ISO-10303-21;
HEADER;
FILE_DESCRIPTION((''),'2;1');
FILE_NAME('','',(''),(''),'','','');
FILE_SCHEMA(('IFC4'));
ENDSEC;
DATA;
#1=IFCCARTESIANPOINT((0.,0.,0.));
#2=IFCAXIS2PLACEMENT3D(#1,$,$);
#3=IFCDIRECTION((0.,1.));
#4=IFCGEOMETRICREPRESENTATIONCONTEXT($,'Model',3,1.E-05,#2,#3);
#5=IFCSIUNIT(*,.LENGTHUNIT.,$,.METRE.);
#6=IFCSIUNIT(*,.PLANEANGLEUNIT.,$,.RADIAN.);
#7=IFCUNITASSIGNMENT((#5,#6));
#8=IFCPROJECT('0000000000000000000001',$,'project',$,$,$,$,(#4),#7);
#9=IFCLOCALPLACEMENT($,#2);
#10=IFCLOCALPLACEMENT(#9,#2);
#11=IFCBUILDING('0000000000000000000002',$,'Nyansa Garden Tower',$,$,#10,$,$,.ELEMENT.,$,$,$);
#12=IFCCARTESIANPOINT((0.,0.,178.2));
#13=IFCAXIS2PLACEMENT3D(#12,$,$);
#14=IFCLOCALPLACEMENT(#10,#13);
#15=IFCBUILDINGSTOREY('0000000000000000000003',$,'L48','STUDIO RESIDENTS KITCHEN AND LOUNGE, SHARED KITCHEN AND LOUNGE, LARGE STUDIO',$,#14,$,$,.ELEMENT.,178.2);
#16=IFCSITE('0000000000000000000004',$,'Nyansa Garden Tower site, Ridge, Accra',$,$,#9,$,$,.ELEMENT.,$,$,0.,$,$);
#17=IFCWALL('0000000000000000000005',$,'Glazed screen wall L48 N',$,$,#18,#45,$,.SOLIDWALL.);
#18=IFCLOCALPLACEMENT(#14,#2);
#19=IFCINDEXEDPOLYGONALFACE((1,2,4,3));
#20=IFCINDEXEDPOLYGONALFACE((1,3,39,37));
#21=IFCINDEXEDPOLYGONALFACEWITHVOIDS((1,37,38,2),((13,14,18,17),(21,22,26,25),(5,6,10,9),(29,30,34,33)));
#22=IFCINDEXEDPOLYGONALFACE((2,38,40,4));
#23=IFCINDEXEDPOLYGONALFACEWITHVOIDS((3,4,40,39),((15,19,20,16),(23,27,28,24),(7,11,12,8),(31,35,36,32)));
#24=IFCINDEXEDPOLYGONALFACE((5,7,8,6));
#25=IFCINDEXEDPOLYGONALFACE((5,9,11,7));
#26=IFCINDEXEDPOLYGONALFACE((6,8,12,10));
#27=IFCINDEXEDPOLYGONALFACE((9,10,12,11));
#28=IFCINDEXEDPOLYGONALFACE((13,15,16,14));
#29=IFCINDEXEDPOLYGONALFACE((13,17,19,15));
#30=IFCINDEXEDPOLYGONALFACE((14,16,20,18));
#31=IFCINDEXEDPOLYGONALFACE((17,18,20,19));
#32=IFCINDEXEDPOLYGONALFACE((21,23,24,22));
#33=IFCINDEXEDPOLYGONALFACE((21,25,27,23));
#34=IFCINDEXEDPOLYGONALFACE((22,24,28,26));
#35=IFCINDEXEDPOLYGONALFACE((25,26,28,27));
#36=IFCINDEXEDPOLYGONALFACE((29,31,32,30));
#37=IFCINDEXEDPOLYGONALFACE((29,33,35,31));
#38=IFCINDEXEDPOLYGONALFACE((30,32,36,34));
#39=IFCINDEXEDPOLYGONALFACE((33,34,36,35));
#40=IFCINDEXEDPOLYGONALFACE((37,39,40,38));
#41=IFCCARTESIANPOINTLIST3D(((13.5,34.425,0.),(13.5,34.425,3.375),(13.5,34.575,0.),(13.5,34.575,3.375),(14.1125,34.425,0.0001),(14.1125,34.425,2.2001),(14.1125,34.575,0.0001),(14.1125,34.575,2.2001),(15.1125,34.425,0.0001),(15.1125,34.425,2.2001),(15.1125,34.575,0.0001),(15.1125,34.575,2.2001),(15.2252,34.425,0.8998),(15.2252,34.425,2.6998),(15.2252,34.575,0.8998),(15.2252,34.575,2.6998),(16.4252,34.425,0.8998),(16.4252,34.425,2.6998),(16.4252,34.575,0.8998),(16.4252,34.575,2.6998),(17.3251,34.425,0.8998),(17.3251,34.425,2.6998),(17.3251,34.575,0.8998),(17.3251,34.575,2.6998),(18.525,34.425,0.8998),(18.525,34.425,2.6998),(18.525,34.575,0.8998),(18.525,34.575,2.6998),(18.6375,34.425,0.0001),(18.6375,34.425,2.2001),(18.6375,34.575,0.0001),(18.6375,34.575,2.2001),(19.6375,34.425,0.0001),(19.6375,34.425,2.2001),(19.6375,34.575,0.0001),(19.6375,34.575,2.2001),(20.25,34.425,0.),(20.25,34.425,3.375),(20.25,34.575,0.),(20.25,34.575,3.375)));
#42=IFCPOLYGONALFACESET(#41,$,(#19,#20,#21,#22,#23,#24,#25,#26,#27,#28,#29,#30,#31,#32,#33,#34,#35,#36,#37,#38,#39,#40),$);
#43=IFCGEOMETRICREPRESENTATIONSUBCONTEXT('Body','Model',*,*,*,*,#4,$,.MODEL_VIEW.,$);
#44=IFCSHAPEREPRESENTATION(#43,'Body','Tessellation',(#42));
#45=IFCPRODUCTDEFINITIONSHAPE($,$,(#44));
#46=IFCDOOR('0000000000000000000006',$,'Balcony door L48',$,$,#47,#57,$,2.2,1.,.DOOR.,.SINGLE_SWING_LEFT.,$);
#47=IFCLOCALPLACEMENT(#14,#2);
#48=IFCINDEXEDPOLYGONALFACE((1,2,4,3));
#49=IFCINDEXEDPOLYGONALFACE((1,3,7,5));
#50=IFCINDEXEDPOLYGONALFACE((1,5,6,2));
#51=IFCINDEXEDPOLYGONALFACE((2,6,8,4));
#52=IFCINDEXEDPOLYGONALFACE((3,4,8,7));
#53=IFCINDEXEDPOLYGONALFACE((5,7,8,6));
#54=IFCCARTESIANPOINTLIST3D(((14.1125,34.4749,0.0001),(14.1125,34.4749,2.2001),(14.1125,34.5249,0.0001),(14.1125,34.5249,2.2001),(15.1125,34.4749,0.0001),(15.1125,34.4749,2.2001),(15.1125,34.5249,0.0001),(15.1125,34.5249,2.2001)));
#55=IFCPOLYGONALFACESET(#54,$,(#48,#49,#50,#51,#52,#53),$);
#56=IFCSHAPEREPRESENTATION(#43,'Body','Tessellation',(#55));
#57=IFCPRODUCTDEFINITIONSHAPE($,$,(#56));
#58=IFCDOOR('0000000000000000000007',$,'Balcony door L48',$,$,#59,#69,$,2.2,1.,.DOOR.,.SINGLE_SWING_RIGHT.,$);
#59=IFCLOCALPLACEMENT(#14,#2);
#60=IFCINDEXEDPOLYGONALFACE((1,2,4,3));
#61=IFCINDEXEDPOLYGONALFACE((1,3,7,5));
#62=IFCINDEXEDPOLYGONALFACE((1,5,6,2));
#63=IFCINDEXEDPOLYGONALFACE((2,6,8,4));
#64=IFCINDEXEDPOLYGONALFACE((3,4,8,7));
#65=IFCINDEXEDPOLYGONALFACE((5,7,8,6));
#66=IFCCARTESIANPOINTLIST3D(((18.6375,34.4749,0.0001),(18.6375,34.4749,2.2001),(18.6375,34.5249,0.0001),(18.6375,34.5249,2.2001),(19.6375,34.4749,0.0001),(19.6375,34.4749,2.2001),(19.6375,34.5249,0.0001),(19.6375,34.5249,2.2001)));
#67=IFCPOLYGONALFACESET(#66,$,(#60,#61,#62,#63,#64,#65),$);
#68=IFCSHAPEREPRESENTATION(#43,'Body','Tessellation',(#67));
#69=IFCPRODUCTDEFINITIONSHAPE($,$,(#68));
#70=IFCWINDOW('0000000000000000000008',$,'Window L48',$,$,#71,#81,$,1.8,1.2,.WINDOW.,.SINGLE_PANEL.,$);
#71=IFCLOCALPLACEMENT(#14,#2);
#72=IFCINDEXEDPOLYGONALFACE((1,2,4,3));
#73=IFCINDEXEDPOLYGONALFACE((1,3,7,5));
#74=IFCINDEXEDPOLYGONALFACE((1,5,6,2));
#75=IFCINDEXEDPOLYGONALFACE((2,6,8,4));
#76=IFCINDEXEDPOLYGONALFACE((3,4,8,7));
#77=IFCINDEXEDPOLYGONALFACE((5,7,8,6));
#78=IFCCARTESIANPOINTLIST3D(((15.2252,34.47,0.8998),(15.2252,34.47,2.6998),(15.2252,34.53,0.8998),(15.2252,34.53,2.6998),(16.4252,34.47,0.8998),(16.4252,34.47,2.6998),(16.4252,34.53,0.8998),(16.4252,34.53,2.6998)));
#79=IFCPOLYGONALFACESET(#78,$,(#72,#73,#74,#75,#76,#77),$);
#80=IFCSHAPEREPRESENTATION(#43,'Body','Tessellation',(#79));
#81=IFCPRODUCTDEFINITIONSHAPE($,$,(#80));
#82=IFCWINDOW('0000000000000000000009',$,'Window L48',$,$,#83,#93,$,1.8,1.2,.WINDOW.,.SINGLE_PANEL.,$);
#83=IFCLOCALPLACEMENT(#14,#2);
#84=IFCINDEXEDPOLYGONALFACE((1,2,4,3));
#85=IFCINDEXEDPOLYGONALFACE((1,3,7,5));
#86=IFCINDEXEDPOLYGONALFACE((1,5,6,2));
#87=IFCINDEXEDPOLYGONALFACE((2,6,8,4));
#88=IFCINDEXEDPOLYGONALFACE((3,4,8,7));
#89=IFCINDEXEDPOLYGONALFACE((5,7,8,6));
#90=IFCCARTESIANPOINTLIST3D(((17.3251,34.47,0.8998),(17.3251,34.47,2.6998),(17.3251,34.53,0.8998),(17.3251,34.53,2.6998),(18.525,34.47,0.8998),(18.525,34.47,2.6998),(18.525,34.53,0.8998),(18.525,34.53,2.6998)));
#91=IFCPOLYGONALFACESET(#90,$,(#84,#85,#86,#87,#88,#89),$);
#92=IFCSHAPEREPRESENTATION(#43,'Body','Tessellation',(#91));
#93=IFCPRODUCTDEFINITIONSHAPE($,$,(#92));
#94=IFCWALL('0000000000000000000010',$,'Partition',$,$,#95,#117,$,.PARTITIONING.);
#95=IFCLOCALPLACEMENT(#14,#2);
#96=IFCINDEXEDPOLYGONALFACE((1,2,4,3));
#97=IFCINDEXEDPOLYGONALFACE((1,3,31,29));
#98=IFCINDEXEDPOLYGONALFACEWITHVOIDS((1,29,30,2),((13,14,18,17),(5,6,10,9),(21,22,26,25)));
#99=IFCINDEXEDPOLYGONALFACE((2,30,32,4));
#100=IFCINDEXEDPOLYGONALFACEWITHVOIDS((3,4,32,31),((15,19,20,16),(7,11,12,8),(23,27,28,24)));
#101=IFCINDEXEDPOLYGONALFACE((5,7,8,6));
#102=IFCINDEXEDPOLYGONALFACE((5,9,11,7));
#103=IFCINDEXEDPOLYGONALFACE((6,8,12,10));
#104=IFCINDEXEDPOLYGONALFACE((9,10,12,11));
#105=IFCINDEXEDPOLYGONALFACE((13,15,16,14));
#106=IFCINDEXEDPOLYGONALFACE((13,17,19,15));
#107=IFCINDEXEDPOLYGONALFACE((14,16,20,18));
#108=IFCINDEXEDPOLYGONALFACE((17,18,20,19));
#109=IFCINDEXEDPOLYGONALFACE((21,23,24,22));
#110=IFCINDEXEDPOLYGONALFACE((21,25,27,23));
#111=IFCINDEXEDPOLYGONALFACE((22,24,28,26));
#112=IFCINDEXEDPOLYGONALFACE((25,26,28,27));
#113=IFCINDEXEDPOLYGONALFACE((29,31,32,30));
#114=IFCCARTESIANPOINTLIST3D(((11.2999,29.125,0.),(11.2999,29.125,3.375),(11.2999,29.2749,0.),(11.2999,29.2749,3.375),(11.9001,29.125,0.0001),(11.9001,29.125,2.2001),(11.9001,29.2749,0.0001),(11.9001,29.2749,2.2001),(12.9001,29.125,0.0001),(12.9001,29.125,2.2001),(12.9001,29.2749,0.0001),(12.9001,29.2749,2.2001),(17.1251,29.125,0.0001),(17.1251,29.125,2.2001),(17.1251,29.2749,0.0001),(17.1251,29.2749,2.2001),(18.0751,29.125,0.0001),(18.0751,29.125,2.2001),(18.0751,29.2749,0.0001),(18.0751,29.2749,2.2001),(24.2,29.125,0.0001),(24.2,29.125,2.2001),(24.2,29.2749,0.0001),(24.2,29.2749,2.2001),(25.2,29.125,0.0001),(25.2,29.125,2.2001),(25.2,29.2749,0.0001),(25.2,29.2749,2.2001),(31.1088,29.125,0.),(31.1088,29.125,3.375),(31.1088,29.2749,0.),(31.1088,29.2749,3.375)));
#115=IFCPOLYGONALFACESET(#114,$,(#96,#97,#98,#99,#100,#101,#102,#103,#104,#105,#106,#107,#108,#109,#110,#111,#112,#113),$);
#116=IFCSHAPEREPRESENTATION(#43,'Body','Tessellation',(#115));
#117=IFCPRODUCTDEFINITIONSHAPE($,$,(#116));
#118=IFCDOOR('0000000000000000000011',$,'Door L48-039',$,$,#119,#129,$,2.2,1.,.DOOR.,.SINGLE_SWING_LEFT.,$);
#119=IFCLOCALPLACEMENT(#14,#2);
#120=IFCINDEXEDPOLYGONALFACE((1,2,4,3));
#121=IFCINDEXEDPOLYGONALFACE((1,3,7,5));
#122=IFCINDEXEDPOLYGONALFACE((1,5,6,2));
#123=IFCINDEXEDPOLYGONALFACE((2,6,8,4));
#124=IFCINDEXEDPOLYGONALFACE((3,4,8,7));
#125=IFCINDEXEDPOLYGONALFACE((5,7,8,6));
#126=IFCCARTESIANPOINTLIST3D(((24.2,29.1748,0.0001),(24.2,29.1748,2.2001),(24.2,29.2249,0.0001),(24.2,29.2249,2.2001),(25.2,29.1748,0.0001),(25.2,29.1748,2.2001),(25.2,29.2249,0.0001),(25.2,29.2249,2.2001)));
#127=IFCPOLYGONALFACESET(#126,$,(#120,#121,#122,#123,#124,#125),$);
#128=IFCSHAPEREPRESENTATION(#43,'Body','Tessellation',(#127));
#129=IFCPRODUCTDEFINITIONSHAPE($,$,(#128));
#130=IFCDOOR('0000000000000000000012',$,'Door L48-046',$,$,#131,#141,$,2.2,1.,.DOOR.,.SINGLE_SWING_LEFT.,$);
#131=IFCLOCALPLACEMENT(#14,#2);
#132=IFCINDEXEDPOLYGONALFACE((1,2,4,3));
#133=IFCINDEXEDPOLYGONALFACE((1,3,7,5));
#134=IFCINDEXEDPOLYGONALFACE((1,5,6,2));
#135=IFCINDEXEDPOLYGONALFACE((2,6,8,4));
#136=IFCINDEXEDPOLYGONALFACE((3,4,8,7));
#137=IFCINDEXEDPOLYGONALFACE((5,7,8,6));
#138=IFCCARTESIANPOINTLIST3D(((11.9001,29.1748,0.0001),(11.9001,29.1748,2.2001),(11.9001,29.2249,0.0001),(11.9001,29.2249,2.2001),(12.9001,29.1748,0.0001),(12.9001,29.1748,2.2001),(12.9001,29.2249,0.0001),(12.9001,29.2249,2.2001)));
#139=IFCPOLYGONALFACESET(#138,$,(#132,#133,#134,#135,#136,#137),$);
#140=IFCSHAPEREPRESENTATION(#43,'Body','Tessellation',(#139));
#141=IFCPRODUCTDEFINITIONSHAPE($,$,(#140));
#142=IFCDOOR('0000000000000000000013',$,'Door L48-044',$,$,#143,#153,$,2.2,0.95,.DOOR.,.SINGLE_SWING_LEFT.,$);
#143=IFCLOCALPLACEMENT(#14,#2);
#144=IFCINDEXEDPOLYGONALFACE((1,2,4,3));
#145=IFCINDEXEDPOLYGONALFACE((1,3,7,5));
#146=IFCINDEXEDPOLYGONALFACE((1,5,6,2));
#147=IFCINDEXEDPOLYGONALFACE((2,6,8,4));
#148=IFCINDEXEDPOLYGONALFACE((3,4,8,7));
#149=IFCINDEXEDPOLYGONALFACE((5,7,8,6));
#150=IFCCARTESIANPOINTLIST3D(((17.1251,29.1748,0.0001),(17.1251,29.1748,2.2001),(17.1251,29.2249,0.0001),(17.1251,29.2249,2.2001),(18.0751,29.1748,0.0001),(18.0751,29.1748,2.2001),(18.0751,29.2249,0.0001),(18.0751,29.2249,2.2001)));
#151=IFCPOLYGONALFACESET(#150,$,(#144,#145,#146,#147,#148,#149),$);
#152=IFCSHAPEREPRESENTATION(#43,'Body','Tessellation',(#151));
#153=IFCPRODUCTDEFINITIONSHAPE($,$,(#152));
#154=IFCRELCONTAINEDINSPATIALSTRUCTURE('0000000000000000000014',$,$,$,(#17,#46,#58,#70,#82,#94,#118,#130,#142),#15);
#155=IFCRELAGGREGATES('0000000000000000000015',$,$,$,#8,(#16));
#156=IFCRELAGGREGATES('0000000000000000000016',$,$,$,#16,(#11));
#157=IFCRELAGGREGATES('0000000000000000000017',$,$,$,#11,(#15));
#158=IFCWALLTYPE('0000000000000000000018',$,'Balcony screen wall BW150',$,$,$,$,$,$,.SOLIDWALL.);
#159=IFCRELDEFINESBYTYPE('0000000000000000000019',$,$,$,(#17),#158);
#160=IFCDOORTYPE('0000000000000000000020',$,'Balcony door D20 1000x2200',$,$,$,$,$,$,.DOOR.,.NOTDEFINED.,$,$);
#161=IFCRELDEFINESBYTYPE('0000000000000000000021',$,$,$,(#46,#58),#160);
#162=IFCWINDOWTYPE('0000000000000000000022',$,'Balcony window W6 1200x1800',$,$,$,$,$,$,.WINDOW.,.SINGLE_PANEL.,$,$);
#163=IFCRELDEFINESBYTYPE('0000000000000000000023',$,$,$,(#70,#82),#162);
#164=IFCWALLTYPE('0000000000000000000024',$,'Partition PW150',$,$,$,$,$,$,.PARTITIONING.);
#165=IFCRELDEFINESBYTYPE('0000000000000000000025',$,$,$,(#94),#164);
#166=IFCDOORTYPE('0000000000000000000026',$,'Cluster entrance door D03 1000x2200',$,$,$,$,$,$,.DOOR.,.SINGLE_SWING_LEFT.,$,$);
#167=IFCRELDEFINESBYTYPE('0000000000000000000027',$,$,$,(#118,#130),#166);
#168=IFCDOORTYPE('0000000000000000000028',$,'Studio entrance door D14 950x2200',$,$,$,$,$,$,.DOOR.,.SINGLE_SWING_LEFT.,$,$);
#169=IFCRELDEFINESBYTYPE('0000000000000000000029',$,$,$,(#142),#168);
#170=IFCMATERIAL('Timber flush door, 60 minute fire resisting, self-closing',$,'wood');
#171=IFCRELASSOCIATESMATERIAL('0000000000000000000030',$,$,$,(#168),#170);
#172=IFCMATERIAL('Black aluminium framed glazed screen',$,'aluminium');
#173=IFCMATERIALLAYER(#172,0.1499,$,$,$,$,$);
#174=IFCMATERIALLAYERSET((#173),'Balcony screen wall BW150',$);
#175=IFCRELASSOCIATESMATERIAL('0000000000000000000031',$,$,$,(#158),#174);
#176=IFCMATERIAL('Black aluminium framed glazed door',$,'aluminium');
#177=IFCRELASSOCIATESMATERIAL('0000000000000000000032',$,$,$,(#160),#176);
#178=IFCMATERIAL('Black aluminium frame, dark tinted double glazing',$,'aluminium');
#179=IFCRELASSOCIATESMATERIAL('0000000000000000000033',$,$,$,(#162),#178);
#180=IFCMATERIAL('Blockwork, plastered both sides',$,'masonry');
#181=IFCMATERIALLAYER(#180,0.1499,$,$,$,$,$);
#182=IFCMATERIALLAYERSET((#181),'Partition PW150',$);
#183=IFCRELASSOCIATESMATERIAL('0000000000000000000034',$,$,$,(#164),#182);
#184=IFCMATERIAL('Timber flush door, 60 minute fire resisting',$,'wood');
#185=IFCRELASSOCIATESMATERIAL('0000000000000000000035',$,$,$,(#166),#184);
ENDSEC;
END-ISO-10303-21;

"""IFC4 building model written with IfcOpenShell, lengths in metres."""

from ifc_helpers import new_model, si_unit, direction, frame, frame_2d, origin, place, context, subcontext, project, spatial, rectangle, extrude, material, layer, layer_set, type_object, element, fill, save


model = new_model("IFC4")

# Units and contexts
model_context = context("Model", 3, precision=1e-05, world=origin(), true_north=direction((0.0, 1.0)))
body_context = subcontext(model_context, "Body", "Model", "MODEL_VIEW")
ifc_project = project(units=[si_unit("LENGTHUNIT", "METRE"), si_unit("PLANEANGLEUNIT", "RADIAN")], contexts=[model_context])

# Site, building, storey
site_placement = place(None, origin())
site = spatial("IfcSite", under=ifc_project, at=site_placement, Name="Nyansa Garden Tower site, Ridge, Accra", CompositionType="ELEMENT", RefElevation=0.0)
building_placement = place(site_placement, origin())
building = spatial("IfcBuilding", under=site, at=building_placement, Name="Nyansa Garden Tower", CompositionType="ELEMENT")
storey_placement = place(building_placement, frame((0.0, 0.0, 178.2)))
storey = spatial("IfcBuildingStorey", under=building, at=storey_placement, Name="L48", Description="STUDIO RESIDENTS KITCHEN AND LOUNGE, SHARED KITCHEN AND LOUNGE, LARGE STUDIO", CompositionType="ELEMENT", Elevation=178.2)

# Shared definitions
ifc_material_1 = material(Name="Timber flush door, 60 minute fire resisting, self-closing", Category="wood")
door_type_1 = type_object("IfcDoorType", Name="Studio entrance door D14 950x2200", OperationType="SINGLE_SWING_LEFT", PredefinedType="DOOR", material=ifc_material_1)

# Wall, openings, doors, windows
ifc_material_2 = material(Name="Black aluminium framed glazed screen", Category="aluminium")
ifc_layer_1 = layer(ifc_material_2, 0.1499)
ifc_layer_set_1 = layer_set([ifc_layer_1], Name="Balcony screen wall BW150")
wall_type_1 = type_object("IfcWallType", Name="Balcony screen wall BW150", PredefinedType="SOLIDWALL", material=ifc_layer_set_1)
wall_1_placement = place(storey_placement, frame((13.5, 34.5, 0.0), z_axis=(0.0, 0.0, 1.0), x_axis=(1.0, 0.0, 0.0)))
wall_1 = element("IfcWall", 1, at=wall_1_placement, inside=storey, type_object=wall_type_1, Name="Glazed screen wall L48 N", PredefinedType="SOLIDWALL", context=body_context, shape_type="SweptSolid", body=[
    extrude(rectangle(XDim=6.75, YDim=0.1499, at=frame_2d((3.375, 0.0))), origin(), (0.0, 0.0, 1.0), 3.375),
])
opening_1_placement = place(wall_1_placement, frame((0.6125, 0.0, 0.0)))
opening_1 = element("IfcOpeningElement", 2, at=opening_1_placement, cuts=wall_1, PredefinedType="OPENING", context=body_context, shape_type="SweptSolid", body=[
    extrude(rectangle(XDim=1.0, YDim=2.2, at=frame_2d((0.5, 1.1001))), frame((0.0, 0.085, 0.0), z_axis=(0.0, -1.0, 0.0), x_axis=(1.0, 0.0, 0.0)), (0.0, 0.0, 1.0), 0.1699),
])
opening_2_placement = place(wall_1_placement, frame((1.7251, 0.0, 0.8999)))
opening_2 = element("IfcOpeningElement", 3, at=opening_2_placement, cuts=wall_1, PredefinedType="OPENING", context=body_context, shape_type="SweptSolid", body=[
    extrude(rectangle(XDim=1.2, YDim=1.8, at=frame_2d((0.6001, 0.8999))), frame((0.0, 0.085, 0.0), z_axis=(0.0, -1.0, 0.0), x_axis=(1.0, 0.0, 0.0)), (0.0, 0.0, 1.0), 0.1699),
])
opening_3_placement = place(wall_1_placement, frame((5.1375, 0.0, 0.0)))
opening_3 = element("IfcOpeningElement", 4, at=opening_3_placement, cuts=wall_1, PredefinedType="OPENING", context=body_context, shape_type="SweptSolid", body=[
    extrude(rectangle(XDim=1.0, YDim=2.2, at=frame_2d((0.5, 1.1001))), frame((0.0, 0.085, 0.0), z_axis=(0.0, -1.0, 0.0), x_axis=(1.0, 0.0, 0.0)), (0.0, 0.0, 1.0), 0.1699),
])
opening_4_placement = place(wall_1_placement, frame((3.825, 0.0, 0.8999)))
opening_4 = element("IfcOpeningElement", 5, at=opening_4_placement, cuts=wall_1, PredefinedType="OPENING", context=body_context, shape_type="SweptSolid", body=[
    extrude(rectangle(XDim=1.2, YDim=1.8, at=frame_2d((0.6001, 0.8999))), frame((0.0, 0.085, 0.0), z_axis=(0.0, -1.0, 0.0), x_axis=(1.0, 0.0, 0.0)), (0.0, 0.0, 1.0), 0.1699),
])
ifc_material_3 = material(Name="Black aluminium framed glazed door", Category="aluminium")
door_type_2 = type_object("IfcDoorType", Name="Balcony door D20 1000x2200", OperationType="NOTDEFINED", PredefinedType="DOOR", material=ifc_material_3)
door_1_placement = place(opening_1_placement, origin())
door_1 = element("IfcDoor", 6, at=door_1_placement, inside=storey, type_object=door_type_2, Name="Balcony door L48", OperationType="SINGLE_SWING_LEFT", OverallHeight=2.2, OverallWidth=1.0, PredefinedType="DOOR", context=body_context, shape_type="SweptSolid", body=[
    extrude(rectangle(XDim=1.0, YDim=2.2, at=frame_2d((0.5, 1.1001))), frame((0.0, 0.0249, 0.0), z_axis=(0.0, -1.0, 0.0), x_axis=(1.0, 0.0, 0.0)), (0.0, 0.0, 1.0), 0.05),
])
fill(opening_1, door_1)
door_2_placement = place(opening_3_placement, origin())
door_2 = element("IfcDoor", 7, at=door_2_placement, inside=storey, type_object=door_type_2, Name="Balcony door L48", OperationType="SINGLE_SWING_RIGHT", OverallHeight=2.2, OverallWidth=1.0, PredefinedType="DOOR", context=body_context, shape_type="SweptSolid", body=[
    extrude(rectangle(XDim=1.0, YDim=2.2, at=frame_2d((0.5, 1.1001))), frame((0.0, 0.0249, 0.0), z_axis=(0.0, -1.0, 0.0), x_axis=(1.0, 0.0, 0.0)), (0.0, 0.0, 1.0), 0.05),
])
fill(opening_3, door_2)
ifc_material_4 = material(Name="Black aluminium frame, dark tinted double glazing", Category="aluminium")
window_type = type_object("IfcWindowType", Name="Balcony window W6 1200x1800", PartitioningType="SINGLE_PANEL", PredefinedType="WINDOW", material=ifc_material_4)
window_1_placement = place(opening_2_placement, origin())
window_1 = element("IfcWindow", 8, at=window_1_placement, inside=storey, type_object=window_type, Name="Window L48", OverallHeight=1.8, OverallWidth=1.2, PartitioningType="SINGLE_PANEL", PredefinedType="WINDOW", context=body_context, shape_type="SweptSolid", body=[
    extrude(rectangle(XDim=1.2, YDim=1.8, at=frame_2d((0.6001, 0.8999))), frame((0.0, 0.03, 0.0), z_axis=(0.0, -1.0, 0.0), x_axis=(1.0, 0.0, 0.0)), (0.0, 0.0, 1.0), 0.0601),
])
fill(opening_2, window_1)
window_2_placement = place(opening_4_placement, origin())
window_2 = element("IfcWindow", 9, at=window_2_placement, inside=storey, type_object=window_type, Name="Window L48", OverallHeight=1.8, OverallWidth=1.2, PartitioningType="SINGLE_PANEL", PredefinedType="WINDOW", context=body_context, shape_type="SweptSolid", body=[
    extrude(rectangle(XDim=1.2, YDim=1.8, at=frame_2d((0.6001, 0.8999))), frame((0.0, 0.03, 0.0), z_axis=(0.0, -1.0, 0.0), x_axis=(1.0, 0.0, 0.0)), (0.0, 0.0, 1.0), 0.0601),
])
fill(opening_4, window_2)

# Wall, openings, doors
ifc_material_5 = material(Name="Blockwork, plastered both sides", Category="masonry")
ifc_layer_2 = layer(ifc_material_5, 0.1499)
ifc_layer_set_2 = layer_set([ifc_layer_2], Name="Partition PW150")
wall_type_2 = type_object("IfcWallType", Name="Partition PW150", PredefinedType="PARTITIONING", material=ifc_layer_set_2)
wall_2_placement = place(storey_placement, frame((11.3, 29.2, 0.0), z_axis=(0.0, 0.0, 1.0), x_axis=(1.0, 0.0, 0.0)))
wall_2 = element("IfcWall", 10, at=wall_2_placement, inside=storey, type_object=wall_type_2, Name="Partition", PredefinedType="PARTITIONING", context=body_context, shape_type="SweptSolid", body=[
    extrude(rectangle(XDim=19.8088, YDim=0.1499, at=frame_2d((9.9043, 0.0))), origin(), (0.0, 0.0, 1.0), 3.375),
])
opening_5_placement = place(wall_2_placement, frame((12.8999, 0.0, 0.0)))
opening_5 = element("IfcOpeningElement", 11, at=opening_5_placement, cuts=wall_2, PredefinedType="OPENING", context=body_context, shape_type="SweptSolid", body=[
    extrude(rectangle(XDim=1.0, YDim=2.2, at=frame_2d((0.5, 1.1001))), frame((0.0, 0.085, 0.0), z_axis=(0.0, -1.0, 0.0), x_axis=(1.0, 0.0, 0.0)), (0.0, 0.0, 1.0), 0.1699),
])
opening_6_placement = place(wall_2_placement, frame((5.825, 0.0, 0.0)))
opening_6 = element("IfcOpeningElement", 12, at=opening_6_placement, cuts=wall_2, PredefinedType="OPENING", context=body_context, shape_type="SweptSolid", body=[
    extrude(rectangle(XDim=0.95, YDim=2.2, at=frame_2d((0.4751, 1.1001))), frame((0.0, 0.085, 0.0), z_axis=(0.0, -1.0, 0.0), x_axis=(1.0, 0.0, 0.0)), (0.0, 0.0, 1.0), 0.1699),
])
opening_7_placement = place(wall_2_placement, frame((0.6001, 0.0, 0.0)))
opening_7 = element("IfcOpeningElement", 13, at=opening_7_placement, cuts=wall_2, PredefinedType="OPENING", context=body_context, shape_type="SweptSolid", body=[
    extrude(rectangle(XDim=1.0, YDim=2.2, at=frame_2d((0.5, 1.1001))), frame((0.0, 0.085, 0.0), z_axis=(0.0, -1.0, 0.0), x_axis=(1.0, 0.0, 0.0)), (0.0, 0.0, 1.0), 0.1699),
])
ifc_material_6 = material(Name="Timber flush door, 60 minute fire resisting", Category="wood")
door_type_3 = type_object("IfcDoorType", Name="Cluster entrance door D03 1000x2200", OperationType="SINGLE_SWING_LEFT", PredefinedType="DOOR", material=ifc_material_6)
door_3_placement = place(opening_5_placement, origin())
door_3 = element("IfcDoor", 14, at=door_3_placement, inside=storey, type_object=door_type_3, Name="Door L48-039", OperationType="SINGLE_SWING_LEFT", OverallHeight=2.2, OverallWidth=1.0, PredefinedType="DOOR", context=body_context, shape_type="SweptSolid", body=[
    extrude(rectangle(XDim=1.0, YDim=2.2, at=frame_2d((0.5, 1.1001))), frame((0.0, 0.0249, 0.0), z_axis=(0.0, -1.0, 0.0), x_axis=(1.0, 0.0, 0.0)), (0.0, 0.0, 1.0), 0.05),
])
fill(opening_5, door_3)
door_4_placement = place(opening_7_placement, origin())
door_4 = element("IfcDoor", 15, at=door_4_placement, inside=storey, type_object=door_type_3, Name="Door L48-046", OperationType="SINGLE_SWING_LEFT", OverallHeight=2.2, OverallWidth=1.0, PredefinedType="DOOR", context=body_context, shape_type="SweptSolid", body=[
    extrude(rectangle(XDim=1.0, YDim=2.2, at=frame_2d((0.5, 1.1001))), frame((0.0, 0.0249, 0.0), z_axis=(0.0, -1.0, 0.0), x_axis=(1.0, 0.0, 0.0)), (0.0, 0.0, 1.0), 0.05),
])
fill(opening_7, door_4)
door_5_placement = place(opening_6_placement, origin())
door_5 = element("IfcDoor", 16, at=door_5_placement, inside=storey, type_object=door_type_1, Name="Door L48-044", OperationType="SINGLE_SWING_LEFT", OverallHeight=2.2, OverallWidth=0.95, PredefinedType="DOOR", context=body_context, shape_type="SweptSolid", body=[
    extrude(rectangle(XDim=0.95, YDim=2.2, at=frame_2d((0.4751, 1.1001))), frame((0.0, 0.0249, 0.0), z_axis=(0.0, -1.0, 0.0), x_axis=(1.0, 0.0, 0.0)), (0.0, 0.0, 1.0), 0.05),
])
fill(opening_6, door_5)

save(model, "model.ifc")
